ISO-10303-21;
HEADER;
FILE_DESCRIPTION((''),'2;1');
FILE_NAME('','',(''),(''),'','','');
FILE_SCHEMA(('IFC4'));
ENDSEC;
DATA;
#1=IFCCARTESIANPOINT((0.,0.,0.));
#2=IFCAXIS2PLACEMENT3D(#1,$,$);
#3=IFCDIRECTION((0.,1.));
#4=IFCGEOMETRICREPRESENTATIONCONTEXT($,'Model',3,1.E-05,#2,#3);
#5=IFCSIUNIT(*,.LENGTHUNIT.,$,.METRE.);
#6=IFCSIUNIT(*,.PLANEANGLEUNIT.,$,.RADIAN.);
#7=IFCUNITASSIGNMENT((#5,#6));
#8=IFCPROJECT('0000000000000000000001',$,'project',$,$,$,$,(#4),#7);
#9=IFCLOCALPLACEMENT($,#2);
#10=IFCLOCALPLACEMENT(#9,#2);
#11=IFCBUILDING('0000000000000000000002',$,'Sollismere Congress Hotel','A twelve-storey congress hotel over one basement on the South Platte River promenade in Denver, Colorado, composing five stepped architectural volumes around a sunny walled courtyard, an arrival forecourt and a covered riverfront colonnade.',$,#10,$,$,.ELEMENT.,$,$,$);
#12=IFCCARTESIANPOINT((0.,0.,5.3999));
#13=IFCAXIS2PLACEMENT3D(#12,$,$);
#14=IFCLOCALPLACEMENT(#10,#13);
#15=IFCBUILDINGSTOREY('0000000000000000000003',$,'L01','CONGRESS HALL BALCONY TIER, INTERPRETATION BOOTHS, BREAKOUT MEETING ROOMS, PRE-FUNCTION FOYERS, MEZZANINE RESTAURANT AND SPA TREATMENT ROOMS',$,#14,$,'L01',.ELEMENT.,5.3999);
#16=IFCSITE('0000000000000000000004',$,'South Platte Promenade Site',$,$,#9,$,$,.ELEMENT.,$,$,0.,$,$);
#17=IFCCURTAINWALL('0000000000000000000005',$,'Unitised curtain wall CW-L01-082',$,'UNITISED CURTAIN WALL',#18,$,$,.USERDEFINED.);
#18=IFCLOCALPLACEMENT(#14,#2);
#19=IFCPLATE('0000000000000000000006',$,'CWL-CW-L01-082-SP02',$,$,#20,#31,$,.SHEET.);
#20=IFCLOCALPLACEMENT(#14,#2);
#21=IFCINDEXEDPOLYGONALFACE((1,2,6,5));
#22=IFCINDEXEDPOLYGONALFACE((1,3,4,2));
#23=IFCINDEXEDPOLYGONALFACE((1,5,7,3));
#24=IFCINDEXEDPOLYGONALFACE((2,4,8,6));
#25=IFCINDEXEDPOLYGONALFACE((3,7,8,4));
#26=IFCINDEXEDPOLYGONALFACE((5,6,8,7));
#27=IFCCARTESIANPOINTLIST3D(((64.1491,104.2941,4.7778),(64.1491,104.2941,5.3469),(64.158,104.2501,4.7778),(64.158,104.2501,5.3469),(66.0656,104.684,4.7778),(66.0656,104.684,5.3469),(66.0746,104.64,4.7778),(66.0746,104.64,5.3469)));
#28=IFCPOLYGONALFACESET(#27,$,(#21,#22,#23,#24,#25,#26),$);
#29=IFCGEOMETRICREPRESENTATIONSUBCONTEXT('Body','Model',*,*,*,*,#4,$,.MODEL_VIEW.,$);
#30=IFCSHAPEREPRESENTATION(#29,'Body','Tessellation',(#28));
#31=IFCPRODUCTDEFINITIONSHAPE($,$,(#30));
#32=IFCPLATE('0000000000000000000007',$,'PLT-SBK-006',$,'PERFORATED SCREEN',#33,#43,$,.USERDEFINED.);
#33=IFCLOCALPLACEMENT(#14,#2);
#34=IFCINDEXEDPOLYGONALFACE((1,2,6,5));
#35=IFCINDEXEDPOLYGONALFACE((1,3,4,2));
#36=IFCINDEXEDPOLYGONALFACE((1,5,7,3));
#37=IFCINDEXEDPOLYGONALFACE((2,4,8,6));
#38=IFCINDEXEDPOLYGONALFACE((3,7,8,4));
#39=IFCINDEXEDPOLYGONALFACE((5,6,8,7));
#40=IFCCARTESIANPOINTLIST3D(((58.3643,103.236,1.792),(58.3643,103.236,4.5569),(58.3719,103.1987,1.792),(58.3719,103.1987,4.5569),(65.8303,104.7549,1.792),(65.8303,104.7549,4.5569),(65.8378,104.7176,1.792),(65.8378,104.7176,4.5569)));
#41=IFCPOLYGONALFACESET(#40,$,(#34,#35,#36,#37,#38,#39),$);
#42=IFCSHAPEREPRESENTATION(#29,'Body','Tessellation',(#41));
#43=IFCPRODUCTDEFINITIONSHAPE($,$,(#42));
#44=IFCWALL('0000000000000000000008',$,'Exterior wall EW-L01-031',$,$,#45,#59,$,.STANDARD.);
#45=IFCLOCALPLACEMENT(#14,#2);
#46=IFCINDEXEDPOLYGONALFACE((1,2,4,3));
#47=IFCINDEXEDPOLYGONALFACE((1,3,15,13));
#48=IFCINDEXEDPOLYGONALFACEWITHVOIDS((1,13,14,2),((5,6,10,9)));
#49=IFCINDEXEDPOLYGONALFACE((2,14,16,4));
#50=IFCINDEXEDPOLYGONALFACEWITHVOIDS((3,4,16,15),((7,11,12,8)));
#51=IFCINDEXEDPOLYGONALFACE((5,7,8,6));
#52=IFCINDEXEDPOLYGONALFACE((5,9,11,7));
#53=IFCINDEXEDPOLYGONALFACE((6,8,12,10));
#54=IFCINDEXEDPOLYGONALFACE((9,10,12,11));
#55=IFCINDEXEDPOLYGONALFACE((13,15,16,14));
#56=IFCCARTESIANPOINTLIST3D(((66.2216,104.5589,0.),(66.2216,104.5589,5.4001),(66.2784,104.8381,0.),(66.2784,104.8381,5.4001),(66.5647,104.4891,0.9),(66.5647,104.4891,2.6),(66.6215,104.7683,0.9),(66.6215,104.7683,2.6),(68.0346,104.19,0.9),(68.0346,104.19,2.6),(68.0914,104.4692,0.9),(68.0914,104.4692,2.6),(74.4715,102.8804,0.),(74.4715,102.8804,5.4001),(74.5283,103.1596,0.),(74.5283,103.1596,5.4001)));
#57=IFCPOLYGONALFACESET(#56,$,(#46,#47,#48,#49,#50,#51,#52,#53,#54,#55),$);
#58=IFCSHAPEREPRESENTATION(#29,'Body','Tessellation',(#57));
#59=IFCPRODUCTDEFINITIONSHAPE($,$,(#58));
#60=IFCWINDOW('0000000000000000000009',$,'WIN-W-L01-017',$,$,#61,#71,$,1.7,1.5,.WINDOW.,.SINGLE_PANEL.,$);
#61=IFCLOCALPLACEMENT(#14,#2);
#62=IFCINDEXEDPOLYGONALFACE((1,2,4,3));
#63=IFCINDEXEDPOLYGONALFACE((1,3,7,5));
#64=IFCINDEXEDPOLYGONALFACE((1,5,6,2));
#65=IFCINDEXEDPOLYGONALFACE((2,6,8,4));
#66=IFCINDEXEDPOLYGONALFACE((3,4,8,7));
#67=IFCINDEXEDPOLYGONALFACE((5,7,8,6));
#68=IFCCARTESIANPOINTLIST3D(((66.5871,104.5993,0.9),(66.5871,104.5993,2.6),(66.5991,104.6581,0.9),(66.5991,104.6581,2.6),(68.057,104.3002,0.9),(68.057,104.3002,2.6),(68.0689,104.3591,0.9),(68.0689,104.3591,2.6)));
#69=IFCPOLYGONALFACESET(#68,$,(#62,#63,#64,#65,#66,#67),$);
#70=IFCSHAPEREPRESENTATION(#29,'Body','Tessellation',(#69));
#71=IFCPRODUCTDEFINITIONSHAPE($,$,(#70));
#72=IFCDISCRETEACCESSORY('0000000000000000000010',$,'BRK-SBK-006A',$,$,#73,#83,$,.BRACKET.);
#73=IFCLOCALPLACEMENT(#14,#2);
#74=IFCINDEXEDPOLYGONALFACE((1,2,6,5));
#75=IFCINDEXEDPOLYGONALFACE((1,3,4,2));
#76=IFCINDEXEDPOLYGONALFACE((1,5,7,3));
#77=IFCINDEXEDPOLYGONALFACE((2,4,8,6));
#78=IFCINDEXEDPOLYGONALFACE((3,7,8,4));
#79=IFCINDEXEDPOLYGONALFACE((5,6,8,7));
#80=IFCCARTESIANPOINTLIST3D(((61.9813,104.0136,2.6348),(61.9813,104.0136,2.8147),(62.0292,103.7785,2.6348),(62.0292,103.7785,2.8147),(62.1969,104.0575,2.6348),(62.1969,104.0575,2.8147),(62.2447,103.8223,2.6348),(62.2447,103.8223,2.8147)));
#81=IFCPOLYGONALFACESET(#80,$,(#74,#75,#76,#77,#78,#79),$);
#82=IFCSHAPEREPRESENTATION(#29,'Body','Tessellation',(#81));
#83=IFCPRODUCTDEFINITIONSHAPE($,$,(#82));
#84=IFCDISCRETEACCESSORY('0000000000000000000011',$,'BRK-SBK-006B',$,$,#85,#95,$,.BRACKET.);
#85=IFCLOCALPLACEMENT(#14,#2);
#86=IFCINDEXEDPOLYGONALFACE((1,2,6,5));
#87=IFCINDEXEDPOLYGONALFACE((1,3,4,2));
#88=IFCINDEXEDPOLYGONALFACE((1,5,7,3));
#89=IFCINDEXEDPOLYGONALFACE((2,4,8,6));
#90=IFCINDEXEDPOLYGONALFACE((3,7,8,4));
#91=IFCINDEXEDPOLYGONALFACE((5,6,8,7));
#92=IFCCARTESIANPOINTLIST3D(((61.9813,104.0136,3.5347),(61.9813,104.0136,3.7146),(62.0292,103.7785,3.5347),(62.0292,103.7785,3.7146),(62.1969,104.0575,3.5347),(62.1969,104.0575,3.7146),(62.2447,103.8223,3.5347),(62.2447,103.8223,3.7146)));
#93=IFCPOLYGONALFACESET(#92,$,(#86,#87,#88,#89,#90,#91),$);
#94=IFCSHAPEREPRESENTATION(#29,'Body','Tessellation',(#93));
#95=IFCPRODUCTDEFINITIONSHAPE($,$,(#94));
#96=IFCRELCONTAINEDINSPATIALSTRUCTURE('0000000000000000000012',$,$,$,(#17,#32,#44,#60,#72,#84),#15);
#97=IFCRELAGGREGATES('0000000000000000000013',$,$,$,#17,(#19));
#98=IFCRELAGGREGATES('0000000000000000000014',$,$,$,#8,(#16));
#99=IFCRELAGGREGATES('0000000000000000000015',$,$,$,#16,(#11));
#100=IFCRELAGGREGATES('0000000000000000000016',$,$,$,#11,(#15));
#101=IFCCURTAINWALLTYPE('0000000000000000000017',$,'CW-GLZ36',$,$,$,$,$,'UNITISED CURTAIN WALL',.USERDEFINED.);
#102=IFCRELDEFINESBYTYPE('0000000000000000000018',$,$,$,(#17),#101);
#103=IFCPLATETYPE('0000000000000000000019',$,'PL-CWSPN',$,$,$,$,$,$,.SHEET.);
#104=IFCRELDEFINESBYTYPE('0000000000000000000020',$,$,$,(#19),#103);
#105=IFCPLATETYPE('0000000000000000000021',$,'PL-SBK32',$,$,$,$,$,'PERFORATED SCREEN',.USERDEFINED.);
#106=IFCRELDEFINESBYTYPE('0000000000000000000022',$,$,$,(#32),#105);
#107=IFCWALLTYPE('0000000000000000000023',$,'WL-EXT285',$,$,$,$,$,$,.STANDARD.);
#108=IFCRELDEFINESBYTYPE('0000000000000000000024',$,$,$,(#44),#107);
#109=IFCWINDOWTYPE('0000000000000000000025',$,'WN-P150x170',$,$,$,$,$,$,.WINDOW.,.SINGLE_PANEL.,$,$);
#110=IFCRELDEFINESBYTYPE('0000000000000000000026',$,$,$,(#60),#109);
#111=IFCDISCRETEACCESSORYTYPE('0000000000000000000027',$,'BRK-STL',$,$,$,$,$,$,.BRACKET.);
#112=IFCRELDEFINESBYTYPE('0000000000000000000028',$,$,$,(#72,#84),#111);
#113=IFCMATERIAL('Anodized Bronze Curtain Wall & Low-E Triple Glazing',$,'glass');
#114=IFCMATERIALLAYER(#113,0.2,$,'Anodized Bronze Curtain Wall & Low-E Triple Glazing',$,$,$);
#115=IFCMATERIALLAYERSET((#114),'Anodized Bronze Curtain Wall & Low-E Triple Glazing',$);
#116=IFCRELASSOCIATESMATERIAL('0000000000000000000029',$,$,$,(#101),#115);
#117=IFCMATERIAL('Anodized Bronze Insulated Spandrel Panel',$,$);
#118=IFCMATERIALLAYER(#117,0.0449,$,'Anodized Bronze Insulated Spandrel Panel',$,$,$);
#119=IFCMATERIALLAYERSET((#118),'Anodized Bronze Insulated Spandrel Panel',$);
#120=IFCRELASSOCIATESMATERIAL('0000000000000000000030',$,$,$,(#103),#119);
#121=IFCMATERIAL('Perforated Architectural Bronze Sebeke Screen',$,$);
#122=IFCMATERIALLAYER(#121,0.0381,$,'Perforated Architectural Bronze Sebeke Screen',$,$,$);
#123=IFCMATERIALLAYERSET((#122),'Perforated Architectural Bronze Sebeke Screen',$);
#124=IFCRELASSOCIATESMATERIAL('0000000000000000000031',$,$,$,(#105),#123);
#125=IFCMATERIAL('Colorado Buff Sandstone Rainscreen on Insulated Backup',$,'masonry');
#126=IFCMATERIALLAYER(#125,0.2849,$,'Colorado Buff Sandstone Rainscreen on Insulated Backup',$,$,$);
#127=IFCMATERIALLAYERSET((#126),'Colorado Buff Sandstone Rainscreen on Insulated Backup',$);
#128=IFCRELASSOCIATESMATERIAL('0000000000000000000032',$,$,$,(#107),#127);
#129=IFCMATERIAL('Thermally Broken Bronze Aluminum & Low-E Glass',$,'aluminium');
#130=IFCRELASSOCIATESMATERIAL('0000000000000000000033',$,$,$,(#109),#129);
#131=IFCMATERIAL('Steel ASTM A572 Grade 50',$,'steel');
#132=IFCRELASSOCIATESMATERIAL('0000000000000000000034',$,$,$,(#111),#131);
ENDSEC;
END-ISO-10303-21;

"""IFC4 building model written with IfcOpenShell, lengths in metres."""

from ifc_helpers import new_model, si_unit, direction, frame, frame_2d, origin, origin_2d, place, context, subcontext, project, spatial, rectangle, extrude, material, layer, layer_set, type_object, element, fill, aggregate, save


model = new_model("IFC4")

# Units and contexts
model_context = context("Model", 3, precision=1e-05, world=origin(), true_north=direction((0.0, 1.0)))
body_context = subcontext(model_context, "Body", "Model", "MODEL_VIEW")
ifc_project = project(units=[si_unit("LENGTHUNIT", "METRE"), si_unit("PLANEANGLEUNIT", "RADIAN")], contexts=[model_context])

# Site, building, storey
site_placement = place(None, origin())
site = spatial("IfcSite", under=ifc_project, at=site_placement, Name="South Platte Promenade Site", CompositionType="ELEMENT", RefElevation=0.0)
building_placement = place(site_placement, origin())
building = spatial("IfcBuilding", under=site, at=building_placement, Name="Sollismere Congress Hotel", Description="A twelve-storey congress hotel over one basement on the South Platte River promenade in Denver, Colorado, composing five stepped architectural volumes around a sunny walled courtyard, an arrival forecourt and a covered riverfront colonnade.", CompositionType="ELEMENT")
storey_placement = place(building_placement, frame((0.0, 0.0, 5.3999)))
storey = spatial("IfcBuildingStorey", under=building, at=storey_placement, Name="L01", Description="CONGRESS HALL BALCONY TIER, INTERPRETATION BOOTHS, BREAKOUT MEETING ROOMS, PRE-FUNCTION FOYERS, MEZZANINE RESTAURANT AND SPA TREATMENT ROOMS", LongName="L01", CompositionType="ELEMENT", Elevation=5.3999)

# Shared definitions
ifc_material_1 = material(Name="Anodized Bronze Curtain Wall & Low-E Triple Glazing", Category="glass")
ifc_layer_1 = layer(ifc_material_1, 0.2, Name="Anodized Bronze Curtain Wall & Low-E Triple Glazing")
ifc_layer_set_1 = layer_set([ifc_layer_1], Name="Anodized Bronze Curtain Wall & Low-E Triple Glazing")
curtain_wall_type = type_object("IfcCurtainWallType", Name="CW-GLZ36", ElementType="UNITISED CURTAIN WALL", PredefinedType="USERDEFINED", material=ifc_layer_set_1)

# Curtain wall
curtain_wall_1_placement = place(storey_placement, origin())
curtain_wall_1 = element("IfcCurtainWall", 1, at=curtain_wall_1_placement, inside=storey, type_object=curtain_wall_type, Name="Unitised curtain wall CW-L01-082", ObjectType="UNITISED CURTAIN WALL", PredefinedType="USERDEFINED")

# Plates
ifc_material_2 = material(Name="Anodized Bronze Insulated Spandrel Panel")
ifc_layer_2 = layer(ifc_material_2, 0.0449, Name="Anodized Bronze Insulated Spandrel Panel")
ifc_layer_set_2 = layer_set([ifc_layer_2], Name="Anodized Bronze Insulated Spandrel Panel")
plate_type_1 = type_object("IfcPlateType", Name="PL-CWSPN", PredefinedType="SHEET", material=ifc_layer_set_2)
plate_1_placement = place(storey_placement, frame((65.1118, 104.467, 4.7778), z_axis=(0.0, 0.0, 1.0), x_axis=(0.979925, 0.199368, 0.0)))
plate_1 = element("IfcPlate", 2, at=plate_1_placement, type_object=plate_type_1, Name="CWL-CW-L01-082-SP02", PredefinedType="SHEET", context=body_context, shape_type="SweptSolid", body=[
    extrude(rectangle(XDim=1.9558, YDim=0.0449, at=origin_2d()), origin(), (0.0, 0.0, 1.0), 0.5691),
])
aggregate(curtain_wall_1, [plate_1])
ifc_material_3 = material(Name="Perforated Architectural Bronze Sebeke Screen")
ifc_layer_3 = layer(ifc_material_3, 0.0381, Name="Perforated Architectural Bronze Sebeke Screen")
ifc_layer_set_3 = layer_set([ifc_layer_3], Name="Perforated Architectural Bronze Sebeke Screen")
plate_type_2 = type_object("IfcPlateType", Name="PL-SBK32", ElementType="PERFORATED SCREEN", PredefinedType="USERDEFINED", material=ifc_layer_set_3)
plate_2_placement = place(storey_placement, frame((62.1011, 103.9768, 1.792), z_axis=(0.0, 0.0, 1.0), x_axis=(0.979925, 0.199368, 0.0)))
element("IfcPlate", 3, at=plate_2_placement, inside=storey, type_object=plate_type_2, Name="PLT-SBK-006", ObjectType="PERFORATED SCREEN", PredefinedType="USERDEFINED", context=body_context, shape_type="SweptSolid", body=[
    extrude(rectangle(XDim=7.6189, YDim=0.0381, at=origin_2d()), origin(), (0.0, 0.0, 1.0), 2.7649),
])

# Wall, opening, window
ifc_material_4 = material(Name="Colorado Buff Sandstone Rainscreen on Insulated Backup", Category="masonry")
ifc_layer_4 = layer(ifc_material_4, 0.2849, Name="Colorado Buff Sandstone Rainscreen on Insulated Backup")
ifc_layer_set_4 = layer_set([ifc_layer_4], Name="Colorado Buff Sandstone Rainscreen on Insulated Backup")
wall_type = type_object("IfcWallType", Name="WL-EXT285", PredefinedType="STANDARD", material=ifc_layer_set_4)
wall_placement = place(storey_placement, frame((66.25, 104.6985, 0.0), z_axis=(0.0, 0.0, 1.0), x_axis=(0.979925, -0.199366, 0.0)))
wall = element("IfcWall", 4, at=wall_placement, inside=storey, type_object=wall_type, Name="Exterior wall EW-L01-031", PredefinedType="STANDARD", context=body_context, shape_type="SweptSolid", body=[
    extrude(rectangle(XDim=8.4189, YDim=0.2849, at=frame_2d((4.2095, 0.0))), origin(), (0.0, 0.0, 1.0), 5.4001),
])
opening_placement = place(wall_placement, frame((0.3501, 0.0, 0.8999)))
opening = element("IfcOpeningElement", 5, at=opening_placement, cuts=wall, PredefinedType="OPENING", context=body_context, shape_type="SweptSolid", body=[
    extrude(rectangle(XDim=1.5, YDim=1.7, at=frame_2d((0.75, 0.8501))), frame((0.0, 0.1523, 0.0), z_axis=(0.0, -1.0, 0.0), x_axis=(1.0, 0.0, 0.0)), (0.0, 0.0, 1.0), 0.3049),
])
ifc_material_5 = material(Name="Thermally Broken Bronze Aluminum & Low-E Glass", Category="aluminium")
window_type = type_object("IfcWindowType", Name="WN-P150x170", PartitioningType="SINGLE_PANEL", PredefinedType="WINDOW", material=ifc_material_5)
window_placement = place(opening_placement, origin())
window = element("IfcWindow", 6, at=window_placement, inside=storey, type_object=window_type, Name="WIN-W-L01-017", OverallHeight=1.7, OverallWidth=1.5, PartitioningType="SINGLE_PANEL", PredefinedType="WINDOW", context=body_context, shape_type="SweptSolid", body=[
    extrude(rectangle(XDim=1.5, YDim=1.7, at=frame_2d((0.75, 0.8501))), frame((0.0, 0.03, 0.0), z_axis=(0.0, -1.0, 0.0), x_axis=(1.0, 0.0, 0.0)), (0.0, 0.0, 1.0), 0.0601),
])
fill(opening, window)

# Discrete accessories
ifc_material_6 = material(Name="Steel ASTM A572 Grade 50", Category="steel")
discrete_accessory_type = type_object("IfcDiscreteAccessoryType", Name="BRK-STL", PredefinedType="BRACKET", material=ifc_material_6)
for number, where, z_axis, x_axis, name in (
    (7, (62.113, 103.918, 2.6348), (0.0, 0.0, 1.0), (0.979925, 0.199368, 0.0), "BRK-SBK-006A"),
    (8, (62.113, 103.918, 3.5347), (0.0, 0.0, 1.0), (0.979925, 0.199368, 0.0), "BRK-SBK-006B"),
):
    element("IfcDiscreteAccessory", number, at=place(storey_placement, frame(where, z_axis=z_axis, x_axis=x_axis)), inside=storey, type_object=discrete_accessory_type, Name=name, PredefinedType="BRACKET", context=body_context, shape_type="SweptSolid", body=[
        extrude(rectangle(XDim=0.22, YDim=0.24, at=origin_2d()), origin(), (0.0, 0.0, 1.0), 0.1799),
    ])

save(model, "model.ifc")
